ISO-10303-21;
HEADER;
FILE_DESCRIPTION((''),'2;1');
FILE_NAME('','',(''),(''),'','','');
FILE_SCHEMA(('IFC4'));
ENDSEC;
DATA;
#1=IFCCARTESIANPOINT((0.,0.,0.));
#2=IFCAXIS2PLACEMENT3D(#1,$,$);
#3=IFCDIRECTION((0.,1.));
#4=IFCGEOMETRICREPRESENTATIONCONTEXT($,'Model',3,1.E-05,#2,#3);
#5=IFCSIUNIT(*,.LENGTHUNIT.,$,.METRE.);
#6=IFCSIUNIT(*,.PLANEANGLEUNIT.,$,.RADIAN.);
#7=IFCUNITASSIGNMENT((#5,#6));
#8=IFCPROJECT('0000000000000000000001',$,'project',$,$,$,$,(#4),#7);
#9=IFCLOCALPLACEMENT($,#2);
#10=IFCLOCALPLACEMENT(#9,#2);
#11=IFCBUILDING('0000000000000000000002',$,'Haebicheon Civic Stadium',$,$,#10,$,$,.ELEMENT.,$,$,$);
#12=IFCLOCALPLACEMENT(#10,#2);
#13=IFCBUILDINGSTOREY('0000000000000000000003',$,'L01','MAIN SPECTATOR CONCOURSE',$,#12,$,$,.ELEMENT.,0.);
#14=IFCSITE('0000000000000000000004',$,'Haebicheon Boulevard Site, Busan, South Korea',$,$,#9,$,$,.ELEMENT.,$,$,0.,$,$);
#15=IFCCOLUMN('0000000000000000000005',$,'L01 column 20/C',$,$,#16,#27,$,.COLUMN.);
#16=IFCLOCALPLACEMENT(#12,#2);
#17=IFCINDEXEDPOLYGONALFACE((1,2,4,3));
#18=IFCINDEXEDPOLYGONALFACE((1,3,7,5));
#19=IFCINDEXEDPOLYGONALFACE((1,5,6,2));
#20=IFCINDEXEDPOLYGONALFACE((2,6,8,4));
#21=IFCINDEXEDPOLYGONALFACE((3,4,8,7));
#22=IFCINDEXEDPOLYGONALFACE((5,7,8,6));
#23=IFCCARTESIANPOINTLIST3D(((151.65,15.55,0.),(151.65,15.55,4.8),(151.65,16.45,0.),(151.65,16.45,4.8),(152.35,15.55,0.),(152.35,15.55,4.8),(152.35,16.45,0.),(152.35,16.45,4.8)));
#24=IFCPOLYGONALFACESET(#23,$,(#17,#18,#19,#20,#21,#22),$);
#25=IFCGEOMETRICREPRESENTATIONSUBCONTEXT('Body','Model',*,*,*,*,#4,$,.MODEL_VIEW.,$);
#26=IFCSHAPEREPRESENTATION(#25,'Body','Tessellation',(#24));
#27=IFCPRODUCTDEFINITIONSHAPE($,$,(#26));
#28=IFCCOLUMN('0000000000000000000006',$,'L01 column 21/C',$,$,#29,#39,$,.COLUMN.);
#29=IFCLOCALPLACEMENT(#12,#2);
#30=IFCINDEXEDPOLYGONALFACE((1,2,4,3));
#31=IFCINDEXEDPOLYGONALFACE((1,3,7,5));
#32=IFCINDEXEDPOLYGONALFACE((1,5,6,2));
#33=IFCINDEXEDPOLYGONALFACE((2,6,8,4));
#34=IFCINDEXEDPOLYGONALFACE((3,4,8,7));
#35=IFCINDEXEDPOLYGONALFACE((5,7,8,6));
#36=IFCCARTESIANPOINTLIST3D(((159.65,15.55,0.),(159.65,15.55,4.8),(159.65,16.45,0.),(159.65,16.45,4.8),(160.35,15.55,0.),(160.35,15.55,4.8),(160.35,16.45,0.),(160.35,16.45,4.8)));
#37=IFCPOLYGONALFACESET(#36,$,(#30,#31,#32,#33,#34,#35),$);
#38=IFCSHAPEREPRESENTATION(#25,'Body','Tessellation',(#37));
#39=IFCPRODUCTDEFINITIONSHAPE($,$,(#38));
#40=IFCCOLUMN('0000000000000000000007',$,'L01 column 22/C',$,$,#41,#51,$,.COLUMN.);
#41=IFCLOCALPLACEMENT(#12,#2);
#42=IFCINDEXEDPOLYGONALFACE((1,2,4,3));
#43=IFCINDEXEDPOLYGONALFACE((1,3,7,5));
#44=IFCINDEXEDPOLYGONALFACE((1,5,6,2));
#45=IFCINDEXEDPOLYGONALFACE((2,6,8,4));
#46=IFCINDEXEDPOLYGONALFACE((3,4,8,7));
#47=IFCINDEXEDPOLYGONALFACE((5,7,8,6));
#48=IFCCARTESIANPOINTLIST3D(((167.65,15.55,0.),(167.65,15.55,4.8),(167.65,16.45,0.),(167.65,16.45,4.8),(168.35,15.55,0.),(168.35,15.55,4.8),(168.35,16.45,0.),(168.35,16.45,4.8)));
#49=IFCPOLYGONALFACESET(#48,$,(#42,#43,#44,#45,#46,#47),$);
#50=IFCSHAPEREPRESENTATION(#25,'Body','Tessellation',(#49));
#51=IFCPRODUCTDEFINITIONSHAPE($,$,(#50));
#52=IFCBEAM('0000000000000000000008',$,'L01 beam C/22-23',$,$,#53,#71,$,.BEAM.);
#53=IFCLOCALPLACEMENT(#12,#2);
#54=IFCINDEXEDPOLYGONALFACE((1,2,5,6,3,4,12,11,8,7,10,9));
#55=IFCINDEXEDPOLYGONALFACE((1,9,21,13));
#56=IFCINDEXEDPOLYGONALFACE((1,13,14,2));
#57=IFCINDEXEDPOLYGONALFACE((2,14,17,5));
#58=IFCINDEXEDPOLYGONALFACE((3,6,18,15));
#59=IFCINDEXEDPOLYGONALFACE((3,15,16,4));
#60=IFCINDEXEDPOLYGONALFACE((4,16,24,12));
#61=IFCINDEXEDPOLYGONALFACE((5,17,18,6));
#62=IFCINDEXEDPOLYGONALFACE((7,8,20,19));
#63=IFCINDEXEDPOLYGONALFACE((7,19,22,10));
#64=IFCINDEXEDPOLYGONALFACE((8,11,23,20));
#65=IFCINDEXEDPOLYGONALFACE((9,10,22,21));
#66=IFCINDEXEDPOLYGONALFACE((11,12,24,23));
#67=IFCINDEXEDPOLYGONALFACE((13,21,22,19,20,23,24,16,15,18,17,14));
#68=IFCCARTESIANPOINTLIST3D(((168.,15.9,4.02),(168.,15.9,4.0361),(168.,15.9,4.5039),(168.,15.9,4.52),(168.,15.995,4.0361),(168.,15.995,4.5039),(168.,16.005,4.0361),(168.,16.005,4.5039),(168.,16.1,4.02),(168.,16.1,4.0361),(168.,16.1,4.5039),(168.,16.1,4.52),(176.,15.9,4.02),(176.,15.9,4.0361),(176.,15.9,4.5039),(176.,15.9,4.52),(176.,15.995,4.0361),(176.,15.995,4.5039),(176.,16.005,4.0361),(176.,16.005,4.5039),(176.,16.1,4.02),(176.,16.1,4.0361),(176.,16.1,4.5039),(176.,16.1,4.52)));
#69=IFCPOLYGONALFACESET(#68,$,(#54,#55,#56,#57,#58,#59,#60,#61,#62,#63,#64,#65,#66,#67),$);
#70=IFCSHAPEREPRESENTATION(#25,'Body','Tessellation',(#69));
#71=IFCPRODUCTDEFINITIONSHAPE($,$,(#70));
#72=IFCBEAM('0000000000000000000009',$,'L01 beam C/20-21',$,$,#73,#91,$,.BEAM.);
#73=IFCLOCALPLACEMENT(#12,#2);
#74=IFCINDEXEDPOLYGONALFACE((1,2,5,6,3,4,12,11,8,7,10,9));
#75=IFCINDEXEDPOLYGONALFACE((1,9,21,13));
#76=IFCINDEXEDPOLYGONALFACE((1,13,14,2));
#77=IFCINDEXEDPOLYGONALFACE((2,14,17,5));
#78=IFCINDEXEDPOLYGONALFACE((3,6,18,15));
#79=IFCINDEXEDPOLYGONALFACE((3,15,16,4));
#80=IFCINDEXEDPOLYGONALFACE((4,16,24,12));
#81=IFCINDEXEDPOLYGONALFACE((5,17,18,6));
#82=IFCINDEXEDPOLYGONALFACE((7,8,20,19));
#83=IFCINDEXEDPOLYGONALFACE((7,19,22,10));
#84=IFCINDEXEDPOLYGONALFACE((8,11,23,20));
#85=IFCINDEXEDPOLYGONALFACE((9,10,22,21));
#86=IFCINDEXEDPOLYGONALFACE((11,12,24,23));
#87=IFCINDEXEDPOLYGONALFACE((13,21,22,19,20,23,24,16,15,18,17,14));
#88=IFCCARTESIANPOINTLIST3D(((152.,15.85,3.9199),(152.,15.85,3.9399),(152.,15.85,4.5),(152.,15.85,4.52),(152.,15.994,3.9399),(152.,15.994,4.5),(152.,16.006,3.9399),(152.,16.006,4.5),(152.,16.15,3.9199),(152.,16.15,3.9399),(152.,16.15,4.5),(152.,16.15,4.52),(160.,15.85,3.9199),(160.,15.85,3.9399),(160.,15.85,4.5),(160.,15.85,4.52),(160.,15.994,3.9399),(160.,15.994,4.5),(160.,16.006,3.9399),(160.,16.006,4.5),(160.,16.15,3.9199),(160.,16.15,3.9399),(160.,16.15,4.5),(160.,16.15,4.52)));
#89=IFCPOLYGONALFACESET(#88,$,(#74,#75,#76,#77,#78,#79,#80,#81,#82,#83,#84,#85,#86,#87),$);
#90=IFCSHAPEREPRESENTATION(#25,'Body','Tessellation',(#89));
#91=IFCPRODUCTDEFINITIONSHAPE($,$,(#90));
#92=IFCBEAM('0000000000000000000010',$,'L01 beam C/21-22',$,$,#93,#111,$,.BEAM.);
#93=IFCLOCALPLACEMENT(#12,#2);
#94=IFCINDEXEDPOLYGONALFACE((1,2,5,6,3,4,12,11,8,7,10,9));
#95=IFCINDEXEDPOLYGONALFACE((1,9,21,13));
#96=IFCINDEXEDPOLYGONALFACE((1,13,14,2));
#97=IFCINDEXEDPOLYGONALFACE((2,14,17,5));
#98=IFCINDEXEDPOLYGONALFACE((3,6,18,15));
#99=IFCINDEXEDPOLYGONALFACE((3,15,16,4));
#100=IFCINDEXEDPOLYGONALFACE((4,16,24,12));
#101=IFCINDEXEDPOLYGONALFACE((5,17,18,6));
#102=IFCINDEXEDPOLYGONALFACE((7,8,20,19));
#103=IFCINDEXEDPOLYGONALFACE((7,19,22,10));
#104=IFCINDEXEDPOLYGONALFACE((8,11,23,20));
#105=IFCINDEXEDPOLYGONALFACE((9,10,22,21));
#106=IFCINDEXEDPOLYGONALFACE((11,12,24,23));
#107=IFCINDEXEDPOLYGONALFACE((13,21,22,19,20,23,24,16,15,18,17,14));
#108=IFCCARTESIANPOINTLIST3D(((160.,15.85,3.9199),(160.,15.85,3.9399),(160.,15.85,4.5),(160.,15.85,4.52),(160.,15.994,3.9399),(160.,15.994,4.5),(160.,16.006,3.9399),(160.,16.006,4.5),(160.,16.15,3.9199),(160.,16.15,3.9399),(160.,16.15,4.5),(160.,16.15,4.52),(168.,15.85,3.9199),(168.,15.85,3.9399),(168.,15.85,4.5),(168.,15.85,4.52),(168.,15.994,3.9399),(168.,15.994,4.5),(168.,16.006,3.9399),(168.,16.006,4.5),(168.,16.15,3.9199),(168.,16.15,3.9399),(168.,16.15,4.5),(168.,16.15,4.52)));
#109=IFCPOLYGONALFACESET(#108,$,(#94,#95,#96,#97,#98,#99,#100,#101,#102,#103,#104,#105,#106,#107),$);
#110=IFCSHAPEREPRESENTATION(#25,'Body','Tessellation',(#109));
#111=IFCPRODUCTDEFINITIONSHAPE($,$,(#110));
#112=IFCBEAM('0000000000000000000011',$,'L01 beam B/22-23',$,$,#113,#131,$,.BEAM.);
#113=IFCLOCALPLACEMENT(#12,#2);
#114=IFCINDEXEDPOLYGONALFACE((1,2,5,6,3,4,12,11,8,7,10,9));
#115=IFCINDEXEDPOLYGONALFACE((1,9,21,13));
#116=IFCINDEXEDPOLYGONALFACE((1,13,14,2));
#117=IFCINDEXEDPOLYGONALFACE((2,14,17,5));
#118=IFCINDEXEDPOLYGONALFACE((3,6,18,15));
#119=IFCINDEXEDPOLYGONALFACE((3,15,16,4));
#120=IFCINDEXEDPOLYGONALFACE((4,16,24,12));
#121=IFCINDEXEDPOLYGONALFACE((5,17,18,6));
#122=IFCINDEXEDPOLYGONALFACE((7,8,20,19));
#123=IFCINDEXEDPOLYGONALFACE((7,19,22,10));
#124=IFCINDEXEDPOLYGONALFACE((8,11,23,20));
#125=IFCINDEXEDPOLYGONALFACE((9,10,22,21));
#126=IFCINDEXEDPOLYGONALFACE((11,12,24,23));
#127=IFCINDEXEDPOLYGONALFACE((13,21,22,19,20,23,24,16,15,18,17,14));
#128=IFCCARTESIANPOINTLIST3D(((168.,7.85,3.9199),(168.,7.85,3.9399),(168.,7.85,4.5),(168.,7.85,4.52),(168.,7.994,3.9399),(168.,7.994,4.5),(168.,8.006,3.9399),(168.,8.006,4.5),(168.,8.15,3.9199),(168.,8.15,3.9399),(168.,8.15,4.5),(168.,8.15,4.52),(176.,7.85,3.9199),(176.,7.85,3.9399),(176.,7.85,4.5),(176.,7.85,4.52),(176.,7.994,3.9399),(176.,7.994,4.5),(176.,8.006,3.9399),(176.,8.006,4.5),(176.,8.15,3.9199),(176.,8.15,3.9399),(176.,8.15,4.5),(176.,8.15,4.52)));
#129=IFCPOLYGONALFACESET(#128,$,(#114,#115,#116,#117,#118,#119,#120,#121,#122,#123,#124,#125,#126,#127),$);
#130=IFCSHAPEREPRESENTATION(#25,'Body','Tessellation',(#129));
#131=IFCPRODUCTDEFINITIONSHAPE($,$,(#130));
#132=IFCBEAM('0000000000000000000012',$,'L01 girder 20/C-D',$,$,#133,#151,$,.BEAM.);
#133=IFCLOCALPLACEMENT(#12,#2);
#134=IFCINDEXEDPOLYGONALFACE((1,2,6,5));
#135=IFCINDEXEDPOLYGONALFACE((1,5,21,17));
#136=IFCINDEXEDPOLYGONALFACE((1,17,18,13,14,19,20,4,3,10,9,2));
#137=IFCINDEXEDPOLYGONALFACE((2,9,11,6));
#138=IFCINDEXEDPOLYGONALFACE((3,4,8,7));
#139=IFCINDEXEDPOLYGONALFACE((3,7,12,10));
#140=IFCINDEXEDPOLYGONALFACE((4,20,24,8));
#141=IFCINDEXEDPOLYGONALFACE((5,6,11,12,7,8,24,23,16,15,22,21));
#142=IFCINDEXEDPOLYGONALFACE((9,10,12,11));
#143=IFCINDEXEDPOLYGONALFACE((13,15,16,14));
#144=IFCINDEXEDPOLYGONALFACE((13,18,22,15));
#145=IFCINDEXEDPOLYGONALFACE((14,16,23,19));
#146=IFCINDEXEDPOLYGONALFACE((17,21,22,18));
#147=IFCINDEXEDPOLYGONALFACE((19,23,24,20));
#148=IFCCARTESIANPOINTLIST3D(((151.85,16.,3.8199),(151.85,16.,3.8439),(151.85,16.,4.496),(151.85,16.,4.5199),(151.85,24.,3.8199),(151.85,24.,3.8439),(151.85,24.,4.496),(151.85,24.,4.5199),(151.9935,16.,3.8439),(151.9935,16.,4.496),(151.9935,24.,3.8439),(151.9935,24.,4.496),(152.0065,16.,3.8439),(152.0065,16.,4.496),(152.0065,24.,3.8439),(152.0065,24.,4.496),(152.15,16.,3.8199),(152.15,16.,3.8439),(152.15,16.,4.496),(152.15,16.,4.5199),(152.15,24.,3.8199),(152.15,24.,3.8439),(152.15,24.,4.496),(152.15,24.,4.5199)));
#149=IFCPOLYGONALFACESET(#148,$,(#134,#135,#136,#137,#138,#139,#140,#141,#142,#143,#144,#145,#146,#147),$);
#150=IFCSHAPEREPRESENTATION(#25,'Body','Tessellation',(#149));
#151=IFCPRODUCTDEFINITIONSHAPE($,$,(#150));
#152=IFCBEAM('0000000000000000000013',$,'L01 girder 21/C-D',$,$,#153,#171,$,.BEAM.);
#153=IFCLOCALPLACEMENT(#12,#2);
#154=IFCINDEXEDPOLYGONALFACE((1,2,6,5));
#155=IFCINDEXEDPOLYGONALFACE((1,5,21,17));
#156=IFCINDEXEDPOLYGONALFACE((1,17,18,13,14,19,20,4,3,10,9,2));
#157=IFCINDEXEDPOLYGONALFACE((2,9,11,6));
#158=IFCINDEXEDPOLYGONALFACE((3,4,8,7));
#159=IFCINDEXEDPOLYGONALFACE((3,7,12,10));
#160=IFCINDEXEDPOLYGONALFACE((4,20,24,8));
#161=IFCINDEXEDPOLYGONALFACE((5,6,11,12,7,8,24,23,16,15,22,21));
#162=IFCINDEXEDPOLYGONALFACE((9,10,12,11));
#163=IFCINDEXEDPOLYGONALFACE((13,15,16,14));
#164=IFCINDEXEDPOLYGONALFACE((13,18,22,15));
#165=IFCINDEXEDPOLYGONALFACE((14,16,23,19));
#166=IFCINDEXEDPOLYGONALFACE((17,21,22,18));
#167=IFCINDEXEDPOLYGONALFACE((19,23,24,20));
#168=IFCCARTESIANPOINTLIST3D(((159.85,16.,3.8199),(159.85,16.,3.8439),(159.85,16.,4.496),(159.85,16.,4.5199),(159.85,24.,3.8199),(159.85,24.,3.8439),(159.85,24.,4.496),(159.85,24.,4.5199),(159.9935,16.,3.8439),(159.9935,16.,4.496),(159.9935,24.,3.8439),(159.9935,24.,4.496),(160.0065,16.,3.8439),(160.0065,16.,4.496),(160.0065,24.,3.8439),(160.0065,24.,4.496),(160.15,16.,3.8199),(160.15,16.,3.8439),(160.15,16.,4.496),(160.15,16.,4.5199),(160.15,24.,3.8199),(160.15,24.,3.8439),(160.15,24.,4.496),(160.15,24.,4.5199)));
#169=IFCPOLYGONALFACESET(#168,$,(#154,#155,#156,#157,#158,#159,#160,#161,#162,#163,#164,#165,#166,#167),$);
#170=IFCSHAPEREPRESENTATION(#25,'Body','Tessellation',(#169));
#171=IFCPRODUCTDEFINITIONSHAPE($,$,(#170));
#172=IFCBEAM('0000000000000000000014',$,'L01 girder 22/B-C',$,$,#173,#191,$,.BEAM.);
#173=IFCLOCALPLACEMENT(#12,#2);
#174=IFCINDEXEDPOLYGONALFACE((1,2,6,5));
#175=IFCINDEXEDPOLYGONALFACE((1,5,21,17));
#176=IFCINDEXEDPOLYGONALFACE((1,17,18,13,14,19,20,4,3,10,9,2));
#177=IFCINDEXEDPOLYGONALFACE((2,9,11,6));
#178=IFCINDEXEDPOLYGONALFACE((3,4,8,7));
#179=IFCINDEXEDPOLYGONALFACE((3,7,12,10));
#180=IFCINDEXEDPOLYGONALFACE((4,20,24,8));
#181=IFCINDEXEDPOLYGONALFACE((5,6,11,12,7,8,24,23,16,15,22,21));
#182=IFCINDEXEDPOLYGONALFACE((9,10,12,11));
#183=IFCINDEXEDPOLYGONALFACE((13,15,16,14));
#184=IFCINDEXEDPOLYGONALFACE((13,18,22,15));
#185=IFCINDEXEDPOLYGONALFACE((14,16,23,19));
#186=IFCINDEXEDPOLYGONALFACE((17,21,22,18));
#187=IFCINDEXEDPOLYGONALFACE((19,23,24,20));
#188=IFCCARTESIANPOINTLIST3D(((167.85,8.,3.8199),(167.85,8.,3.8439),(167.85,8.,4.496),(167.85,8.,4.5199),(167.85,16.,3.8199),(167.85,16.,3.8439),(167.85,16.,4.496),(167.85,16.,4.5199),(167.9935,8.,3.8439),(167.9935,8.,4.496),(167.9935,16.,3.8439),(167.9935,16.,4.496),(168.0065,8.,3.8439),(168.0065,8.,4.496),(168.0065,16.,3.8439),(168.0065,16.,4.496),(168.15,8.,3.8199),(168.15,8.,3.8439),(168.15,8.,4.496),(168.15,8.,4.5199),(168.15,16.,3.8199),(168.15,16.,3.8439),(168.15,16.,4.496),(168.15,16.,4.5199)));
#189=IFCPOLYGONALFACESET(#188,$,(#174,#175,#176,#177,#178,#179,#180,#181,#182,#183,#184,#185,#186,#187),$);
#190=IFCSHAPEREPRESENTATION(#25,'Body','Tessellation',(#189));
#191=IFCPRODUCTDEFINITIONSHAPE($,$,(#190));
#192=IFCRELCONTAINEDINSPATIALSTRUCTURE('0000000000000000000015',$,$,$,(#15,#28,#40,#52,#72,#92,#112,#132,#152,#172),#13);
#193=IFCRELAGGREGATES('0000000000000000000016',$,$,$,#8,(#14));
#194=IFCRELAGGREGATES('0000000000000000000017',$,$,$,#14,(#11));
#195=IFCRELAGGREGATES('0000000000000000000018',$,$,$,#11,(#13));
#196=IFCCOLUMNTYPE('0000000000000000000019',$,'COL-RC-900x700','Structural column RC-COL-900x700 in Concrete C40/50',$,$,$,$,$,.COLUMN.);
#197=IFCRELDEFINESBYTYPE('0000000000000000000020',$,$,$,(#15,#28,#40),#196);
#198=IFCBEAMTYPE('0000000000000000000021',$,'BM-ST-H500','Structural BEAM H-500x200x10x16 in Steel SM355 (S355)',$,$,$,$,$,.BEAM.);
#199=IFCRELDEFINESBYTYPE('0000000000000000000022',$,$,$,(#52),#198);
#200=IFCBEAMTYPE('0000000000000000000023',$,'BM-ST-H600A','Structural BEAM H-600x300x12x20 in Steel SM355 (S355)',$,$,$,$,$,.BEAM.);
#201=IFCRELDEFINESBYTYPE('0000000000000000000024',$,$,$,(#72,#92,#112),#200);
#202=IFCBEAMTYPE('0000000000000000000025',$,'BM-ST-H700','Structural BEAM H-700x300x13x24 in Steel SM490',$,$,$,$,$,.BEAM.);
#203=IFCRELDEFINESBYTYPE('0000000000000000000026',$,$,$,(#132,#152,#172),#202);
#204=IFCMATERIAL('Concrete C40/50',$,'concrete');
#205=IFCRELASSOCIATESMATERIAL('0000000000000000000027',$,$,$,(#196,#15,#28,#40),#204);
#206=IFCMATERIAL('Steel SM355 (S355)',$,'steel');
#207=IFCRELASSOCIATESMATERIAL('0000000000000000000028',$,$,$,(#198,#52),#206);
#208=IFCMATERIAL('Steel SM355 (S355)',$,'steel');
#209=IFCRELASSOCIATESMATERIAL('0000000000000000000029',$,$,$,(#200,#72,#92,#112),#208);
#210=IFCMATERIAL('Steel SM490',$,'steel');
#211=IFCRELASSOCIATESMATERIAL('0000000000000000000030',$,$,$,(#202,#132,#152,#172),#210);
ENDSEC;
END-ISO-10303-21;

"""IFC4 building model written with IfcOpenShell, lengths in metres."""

from ifc_helpers import new_model, si_unit, direction, frame, origin, origin_2d, place, context, subcontext, project, spatial, rectangle, i_section, extrude, material, material_profile, profile_set, type_object, element, save


model = new_model("IFC4")

# Units and contexts
model_context = context("Model", 3, precision=1e-05, world=origin(), true_north=direction((0.0, 1.0)))
body_context = subcontext(model_context, "Body", "Model", "MODEL_VIEW")
ifc_project = project(units=[si_unit("LENGTHUNIT", "METRE"), si_unit("PLANEANGLEUNIT", "RADIAN")], contexts=[model_context])

# Site, building, storey
site_placement = place(None, origin())
site = spatial("IfcSite", under=ifc_project, at=site_placement, Name="Haebicheon Boulevard Site, Busan, South Korea", CompositionType="ELEMENT", RefElevation=0.0)
building_placement = place(site_placement, origin())
building = spatial("IfcBuilding", under=site, at=building_placement, Name="Haebicheon Civic Stadium", CompositionType="ELEMENT")
storey_placement = place(building_placement, origin())
storey = spatial("IfcBuildingStorey", under=building, at=storey_placement, Name="L01", Description="MAIN SPECTATOR CONCOURSE", CompositionType="ELEMENT", Elevation=0.0)

# Columns
ifc_material_1 = material(Name="Concrete C40/50", Category="concrete")
ifc_material_profile_1 = material_profile(ifc_material_1, rectangle(XDim=0.7, YDim=0.8999, at=origin_2d()), Name="RC-COL-900x700")
ifc_profile_set_1 = profile_set([ifc_material_profile_1], Name="Concrete C40/50")
column_type = type_object("IfcColumnType", Name="COL-RC-900x700", Description="Structural column RC-COL-900x700 in Concrete C40/50", PredefinedType="COLUMN", material=ifc_profile_set_1)
for number, where, z_axis, x_axis, name in (
    (1, (152.0, 16.0, 0.0), (0.0, 0.0, 1.0), (1.0, 0.0, 0.0), "L01 column 20/C"),
    (2, (160.0, 16.0, 0.0), (0.0, 0.0, 1.0), (1.0, 0.0, 0.0), "L01 column 21/C"),
    (3, (168.0, 16.0, 0.0), (0.0, 0.0, 1.0), (1.0, 0.0, 0.0), "L01 column 22/C"),
):
    element("IfcColumn", number, at=place(storey_placement, frame(where, z_axis=z_axis, x_axis=x_axis)), inside=storey, type_object=column_type, material=ifc_profile_set_1, Name=name, PredefinedType="COLUMN", context=body_context, shape_type="SweptSolid", body=[
        extrude(rectangle(XDim=0.7, YDim=0.8999, at=origin_2d()), origin(), (0.0, 0.0, 1.0), 4.8),
    ])

# Beams
ifc_material_2 = material(Name="Steel SM355 (S355)", Category="steel")
ifc_material_profile_2 = material_profile(ifc_material_2, i_section(OverallWidth=0.2, OverallDepth=0.5, WebThickness=0.01, FlangeThickness=0.0161, at=origin_2d()), Name="H-500x200x10x16")
ifc_profile_set_2 = profile_set([ifc_material_profile_2], Name="Steel SM355 (S355)")
beam_type_1 = type_object("IfcBeamType", Name="BM-ST-H500", Description="Structural BEAM H-500x200x10x16 in Steel SM355 (S355)", PredefinedType="BEAM", material=ifc_profile_set_2)
beam_placement = place(storey_placement, frame((168.0, 16.0, 4.27), z_axis=(1.0, 0.0, 0.0), x_axis=(0.0, 1.0, 0.0)))
element("IfcBeam", 4, at=beam_placement, inside=storey, type_object=beam_type_1, material=ifc_profile_set_2, Name="L01 beam C/22-23", PredefinedType="BEAM", context=body_context, shape_type="SweptSolid", body=[
    extrude(i_section(OverallWidth=0.2, OverallDepth=0.5, WebThickness=0.01, FlangeThickness=0.0161, at=origin_2d()), origin(), (0.0, 0.0, 1.0), 8.0),
])
ifc_material_3 = material(Name="Steel SM355 (S355)", Category="steel")
ifc_material_profile_3 = material_profile(ifc_material_3, i_section(OverallWidth=0.3, OverallDepth=0.6001, WebThickness=0.012, FlangeThickness=0.02, at=origin_2d()), Name="H-600x300x12x20")
ifc_profile_set_3 = profile_set([ifc_material_profile_3], Name="Steel SM355 (S355)")
beam_type_2 = type_object("IfcBeamType", Name="BM-ST-H600A", Description="Structural BEAM H-600x300x12x20 in Steel SM355 (S355)", PredefinedType="BEAM", material=ifc_profile_set_3)
for number, where, z_axis, x_axis, name in (
    (5, (152.0, 16.0, 4.22), (1.0, 0.0, 0.0), (0.0, 1.0, 0.0), "L01 beam C/20-21"),
    (6, (160.0, 16.0, 4.22), (1.0, 0.0, 0.0), (0.0, 1.0, 0.0), "L01 beam C/21-22"),
    (7, (168.0, 8.0, 4.22), (1.0, 0.0, 0.0), (0.0, 1.0, 0.0), "L01 beam B/22-23"),
):
    element("IfcBeam", number, at=place(storey_placement, frame(where, z_axis=z_axis, x_axis=x_axis)), inside=storey, type_object=beam_type_2, material=ifc_profile_set_3, Name=name, PredefinedType="BEAM", context=body_context, shape_type="SweptSolid", body=[
        extrude(i_section(OverallWidth=0.3, OverallDepth=0.6001, WebThickness=0.012, FlangeThickness=0.02, at=origin_2d()), origin(), (0.0, 0.0, 1.0), 8.0),
    ])
ifc_material_4 = material(Name="Steel SM490", Category="steel")
ifc_material_profile_4 = material_profile(ifc_material_4, i_section(OverallWidth=0.3, OverallDepth=0.7, WebThickness=0.0129, FlangeThickness=0.0239, at=origin_2d()), Name="H-700x300x13x24")
ifc_profile_set_4 = profile_set([ifc_material_profile_4], Name="Steel SM490")
beam_type_3 = type_object("IfcBeamType", Name="BM-ST-H700", Description="Structural BEAM H-700x300x13x24 in Steel SM490", PredefinedType="BEAM", material=ifc_profile_set_4)
for number, where, z_axis, x_axis, name in (
    (8, (152.0, 16.0, 4.1699), (0.0, 1.0, 0.0), (-1.0, 0.0, 0.0), "L01 girder 20/C-D"),
    (9, (160.0, 16.0, 4.1699), (0.0, 1.0, 0.0), (-1.0, 0.0, 0.0), "L01 girder 21/C-D"),
    (10, (168.0, 8.0, 4.1699), (0.0, 1.0, 0.0), (-1.0, 0.0, 0.0), "L01 girder 22/B-C"),
):
    element("IfcBeam", number, at=place(storey_placement, frame(where, z_axis=z_axis, x_axis=x_axis)), inside=storey, type_object=beam_type_3, material=ifc_profile_set_4, Name=name, PredefinedType="BEAM", context=body_context, shape_type="SweptSolid", body=[
        extrude(i_section(OverallWidth=0.3, OverallDepth=0.7, WebThickness=0.0129, FlangeThickness=0.0239, at=origin_2d()), origin(), (0.0, 0.0, 1.0), 8.0),
    ])

save(model, "model.ifc")
